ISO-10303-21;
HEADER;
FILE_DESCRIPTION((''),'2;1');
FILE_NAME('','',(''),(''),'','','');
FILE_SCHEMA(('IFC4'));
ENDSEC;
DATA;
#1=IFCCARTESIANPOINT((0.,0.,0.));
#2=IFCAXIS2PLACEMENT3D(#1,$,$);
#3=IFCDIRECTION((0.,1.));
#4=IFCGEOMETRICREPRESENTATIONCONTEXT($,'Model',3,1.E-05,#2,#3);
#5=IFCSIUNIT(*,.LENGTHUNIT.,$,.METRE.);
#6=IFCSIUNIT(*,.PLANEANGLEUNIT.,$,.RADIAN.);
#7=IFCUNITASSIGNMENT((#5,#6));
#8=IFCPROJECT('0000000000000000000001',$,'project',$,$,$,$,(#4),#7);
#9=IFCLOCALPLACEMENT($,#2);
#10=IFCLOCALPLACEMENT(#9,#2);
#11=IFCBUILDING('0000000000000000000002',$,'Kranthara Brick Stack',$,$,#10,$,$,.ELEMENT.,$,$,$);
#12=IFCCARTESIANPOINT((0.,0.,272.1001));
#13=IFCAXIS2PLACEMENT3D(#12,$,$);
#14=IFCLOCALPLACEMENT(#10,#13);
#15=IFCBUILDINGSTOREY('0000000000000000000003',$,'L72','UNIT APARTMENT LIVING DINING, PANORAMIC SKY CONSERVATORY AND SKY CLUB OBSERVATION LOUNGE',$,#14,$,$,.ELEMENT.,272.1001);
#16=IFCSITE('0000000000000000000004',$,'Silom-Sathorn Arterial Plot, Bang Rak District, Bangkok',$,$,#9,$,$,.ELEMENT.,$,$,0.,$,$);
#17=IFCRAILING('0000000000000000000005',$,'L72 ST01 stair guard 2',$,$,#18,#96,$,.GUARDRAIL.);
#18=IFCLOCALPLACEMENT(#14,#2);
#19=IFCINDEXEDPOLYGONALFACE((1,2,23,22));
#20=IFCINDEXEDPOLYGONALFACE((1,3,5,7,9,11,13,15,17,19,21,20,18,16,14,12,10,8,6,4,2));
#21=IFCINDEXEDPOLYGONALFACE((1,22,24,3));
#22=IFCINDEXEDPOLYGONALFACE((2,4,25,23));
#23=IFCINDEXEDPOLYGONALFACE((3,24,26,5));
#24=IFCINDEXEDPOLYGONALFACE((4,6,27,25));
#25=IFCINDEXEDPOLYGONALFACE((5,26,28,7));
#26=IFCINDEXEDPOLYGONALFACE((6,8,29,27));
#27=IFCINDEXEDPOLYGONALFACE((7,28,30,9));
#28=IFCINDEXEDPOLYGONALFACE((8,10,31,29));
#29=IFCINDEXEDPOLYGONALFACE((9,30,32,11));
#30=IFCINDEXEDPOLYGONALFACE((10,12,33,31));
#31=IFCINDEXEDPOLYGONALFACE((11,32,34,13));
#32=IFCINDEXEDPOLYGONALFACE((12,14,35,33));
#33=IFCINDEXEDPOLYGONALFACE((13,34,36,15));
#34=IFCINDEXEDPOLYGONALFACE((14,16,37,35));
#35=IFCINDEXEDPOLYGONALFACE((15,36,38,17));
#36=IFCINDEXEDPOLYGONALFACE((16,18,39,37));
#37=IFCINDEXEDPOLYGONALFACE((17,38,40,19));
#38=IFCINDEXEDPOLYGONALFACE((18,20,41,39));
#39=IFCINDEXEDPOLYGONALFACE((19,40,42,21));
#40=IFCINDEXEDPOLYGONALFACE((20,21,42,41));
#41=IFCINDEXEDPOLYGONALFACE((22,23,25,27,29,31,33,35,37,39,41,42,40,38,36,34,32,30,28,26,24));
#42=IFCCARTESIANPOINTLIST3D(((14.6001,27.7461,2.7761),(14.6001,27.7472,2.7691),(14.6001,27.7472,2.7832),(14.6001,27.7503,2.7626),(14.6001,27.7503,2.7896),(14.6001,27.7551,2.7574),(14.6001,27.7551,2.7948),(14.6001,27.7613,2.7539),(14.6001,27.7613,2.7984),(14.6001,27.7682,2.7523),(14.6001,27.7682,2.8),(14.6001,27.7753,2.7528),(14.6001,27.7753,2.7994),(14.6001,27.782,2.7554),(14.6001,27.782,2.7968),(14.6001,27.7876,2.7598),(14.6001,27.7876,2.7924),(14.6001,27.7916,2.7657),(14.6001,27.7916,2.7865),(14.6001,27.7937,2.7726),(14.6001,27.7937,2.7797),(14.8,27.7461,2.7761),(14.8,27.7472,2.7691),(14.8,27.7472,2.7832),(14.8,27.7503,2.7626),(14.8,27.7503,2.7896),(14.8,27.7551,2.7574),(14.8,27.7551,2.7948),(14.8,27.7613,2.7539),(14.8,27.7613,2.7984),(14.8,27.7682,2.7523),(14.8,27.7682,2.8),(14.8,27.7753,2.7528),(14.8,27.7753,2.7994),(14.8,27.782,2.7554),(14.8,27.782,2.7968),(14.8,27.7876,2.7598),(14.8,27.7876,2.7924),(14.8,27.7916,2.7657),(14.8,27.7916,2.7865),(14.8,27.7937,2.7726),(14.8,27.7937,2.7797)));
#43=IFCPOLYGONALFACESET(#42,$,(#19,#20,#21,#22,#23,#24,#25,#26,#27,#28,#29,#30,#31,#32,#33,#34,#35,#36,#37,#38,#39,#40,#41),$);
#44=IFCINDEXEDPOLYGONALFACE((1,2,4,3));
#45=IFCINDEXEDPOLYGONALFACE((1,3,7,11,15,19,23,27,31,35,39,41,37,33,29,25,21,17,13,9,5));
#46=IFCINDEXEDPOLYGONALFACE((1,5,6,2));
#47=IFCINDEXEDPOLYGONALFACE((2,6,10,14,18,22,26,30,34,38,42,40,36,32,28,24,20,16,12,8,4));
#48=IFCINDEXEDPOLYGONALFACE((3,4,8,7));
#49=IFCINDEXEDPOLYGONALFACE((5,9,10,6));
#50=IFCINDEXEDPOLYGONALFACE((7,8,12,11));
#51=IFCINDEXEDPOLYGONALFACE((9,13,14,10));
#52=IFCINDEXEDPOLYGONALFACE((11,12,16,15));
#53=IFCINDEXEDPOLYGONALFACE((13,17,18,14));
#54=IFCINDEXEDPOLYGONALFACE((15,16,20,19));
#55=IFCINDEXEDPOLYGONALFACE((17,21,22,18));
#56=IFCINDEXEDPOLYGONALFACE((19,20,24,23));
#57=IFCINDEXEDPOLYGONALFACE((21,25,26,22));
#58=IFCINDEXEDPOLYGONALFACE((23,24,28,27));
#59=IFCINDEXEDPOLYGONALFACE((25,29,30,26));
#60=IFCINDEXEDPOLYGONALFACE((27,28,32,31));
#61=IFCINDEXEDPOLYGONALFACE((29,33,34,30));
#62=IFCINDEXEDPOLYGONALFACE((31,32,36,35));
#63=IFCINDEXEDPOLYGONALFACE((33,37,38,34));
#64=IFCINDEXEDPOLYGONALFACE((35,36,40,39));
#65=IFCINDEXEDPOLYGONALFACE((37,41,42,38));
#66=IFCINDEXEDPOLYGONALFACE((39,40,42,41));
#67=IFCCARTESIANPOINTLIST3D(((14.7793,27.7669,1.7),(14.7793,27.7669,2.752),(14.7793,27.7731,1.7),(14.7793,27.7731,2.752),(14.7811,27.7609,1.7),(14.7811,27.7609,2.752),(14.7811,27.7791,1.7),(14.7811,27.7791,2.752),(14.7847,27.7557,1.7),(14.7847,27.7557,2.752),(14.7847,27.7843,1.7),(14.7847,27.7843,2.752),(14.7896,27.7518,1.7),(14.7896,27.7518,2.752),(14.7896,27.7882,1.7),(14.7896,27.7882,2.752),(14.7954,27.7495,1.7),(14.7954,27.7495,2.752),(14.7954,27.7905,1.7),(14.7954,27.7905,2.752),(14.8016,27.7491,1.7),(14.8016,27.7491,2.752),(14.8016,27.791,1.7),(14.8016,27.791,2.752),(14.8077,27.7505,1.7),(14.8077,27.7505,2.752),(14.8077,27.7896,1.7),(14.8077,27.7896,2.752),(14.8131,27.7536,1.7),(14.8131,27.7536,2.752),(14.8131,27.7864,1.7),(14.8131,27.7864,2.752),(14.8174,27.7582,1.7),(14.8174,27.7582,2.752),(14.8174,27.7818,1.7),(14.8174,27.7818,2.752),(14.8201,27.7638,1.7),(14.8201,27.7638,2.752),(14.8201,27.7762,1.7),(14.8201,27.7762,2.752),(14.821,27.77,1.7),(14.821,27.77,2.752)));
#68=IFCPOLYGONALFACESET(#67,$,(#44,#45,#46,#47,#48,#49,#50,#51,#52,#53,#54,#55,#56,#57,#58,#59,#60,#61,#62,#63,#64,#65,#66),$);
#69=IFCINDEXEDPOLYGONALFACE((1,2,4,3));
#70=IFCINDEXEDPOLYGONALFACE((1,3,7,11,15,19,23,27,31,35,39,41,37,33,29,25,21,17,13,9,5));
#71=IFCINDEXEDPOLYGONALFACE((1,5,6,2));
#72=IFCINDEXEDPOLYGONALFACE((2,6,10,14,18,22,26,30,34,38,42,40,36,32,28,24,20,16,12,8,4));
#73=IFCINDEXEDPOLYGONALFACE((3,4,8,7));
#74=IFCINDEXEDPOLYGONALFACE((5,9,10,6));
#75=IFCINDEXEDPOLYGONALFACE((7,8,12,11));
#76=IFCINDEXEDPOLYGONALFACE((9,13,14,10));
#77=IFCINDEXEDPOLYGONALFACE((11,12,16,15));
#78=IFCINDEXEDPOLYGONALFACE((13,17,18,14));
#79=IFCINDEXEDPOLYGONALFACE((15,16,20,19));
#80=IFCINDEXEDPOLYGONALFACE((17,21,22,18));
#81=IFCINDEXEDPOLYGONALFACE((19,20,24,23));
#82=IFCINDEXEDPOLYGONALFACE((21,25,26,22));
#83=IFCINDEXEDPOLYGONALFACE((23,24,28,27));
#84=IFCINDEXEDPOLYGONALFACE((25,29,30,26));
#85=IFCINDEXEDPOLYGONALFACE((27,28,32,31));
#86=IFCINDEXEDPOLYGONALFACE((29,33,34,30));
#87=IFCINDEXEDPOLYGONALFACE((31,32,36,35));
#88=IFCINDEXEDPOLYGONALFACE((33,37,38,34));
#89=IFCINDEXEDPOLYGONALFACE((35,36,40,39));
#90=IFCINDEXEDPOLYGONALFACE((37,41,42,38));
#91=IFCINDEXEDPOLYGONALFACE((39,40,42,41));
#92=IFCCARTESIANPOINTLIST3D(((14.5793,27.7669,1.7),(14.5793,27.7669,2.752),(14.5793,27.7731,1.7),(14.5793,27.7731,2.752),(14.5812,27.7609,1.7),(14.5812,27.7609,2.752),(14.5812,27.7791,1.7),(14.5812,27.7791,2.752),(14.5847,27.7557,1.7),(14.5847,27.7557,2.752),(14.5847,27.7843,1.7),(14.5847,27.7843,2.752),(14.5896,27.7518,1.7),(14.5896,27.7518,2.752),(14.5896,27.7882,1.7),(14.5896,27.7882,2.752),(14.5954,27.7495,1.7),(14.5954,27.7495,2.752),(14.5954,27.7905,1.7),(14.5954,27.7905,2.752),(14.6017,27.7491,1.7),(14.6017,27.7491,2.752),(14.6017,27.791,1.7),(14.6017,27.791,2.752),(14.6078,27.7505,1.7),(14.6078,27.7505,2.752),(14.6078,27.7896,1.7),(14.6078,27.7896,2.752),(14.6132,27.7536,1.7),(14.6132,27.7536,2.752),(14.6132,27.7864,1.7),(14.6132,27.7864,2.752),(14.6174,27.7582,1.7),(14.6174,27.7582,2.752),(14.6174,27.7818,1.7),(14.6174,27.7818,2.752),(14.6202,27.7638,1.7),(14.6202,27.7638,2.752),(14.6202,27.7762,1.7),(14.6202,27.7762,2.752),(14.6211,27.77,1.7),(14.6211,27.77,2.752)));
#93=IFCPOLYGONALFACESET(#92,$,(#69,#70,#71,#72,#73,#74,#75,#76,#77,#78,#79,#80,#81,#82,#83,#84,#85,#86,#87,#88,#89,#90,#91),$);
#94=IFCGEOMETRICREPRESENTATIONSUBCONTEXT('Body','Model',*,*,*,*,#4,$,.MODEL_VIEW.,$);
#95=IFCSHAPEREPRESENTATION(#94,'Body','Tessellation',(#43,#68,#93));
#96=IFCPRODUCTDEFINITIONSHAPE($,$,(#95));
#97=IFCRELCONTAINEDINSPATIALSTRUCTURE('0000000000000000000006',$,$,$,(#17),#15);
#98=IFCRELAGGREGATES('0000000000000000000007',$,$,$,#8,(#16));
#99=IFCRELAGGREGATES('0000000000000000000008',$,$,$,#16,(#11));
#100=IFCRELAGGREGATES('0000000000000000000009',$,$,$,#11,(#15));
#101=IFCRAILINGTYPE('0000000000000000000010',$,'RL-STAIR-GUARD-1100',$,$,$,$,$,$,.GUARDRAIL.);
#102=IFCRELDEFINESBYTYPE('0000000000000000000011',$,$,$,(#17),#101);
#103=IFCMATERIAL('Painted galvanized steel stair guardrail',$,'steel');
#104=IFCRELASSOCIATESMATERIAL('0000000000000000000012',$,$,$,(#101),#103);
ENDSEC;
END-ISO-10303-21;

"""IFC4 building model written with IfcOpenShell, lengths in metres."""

from ifc_helpers import new_model, si_unit, direction, frame, origin, origin_2d, place, context, subcontext, project, spatial, circle, extrude, material, type_object, element, save


model = new_model("IFC4")

# Units and contexts
model_context = context("Model", 3, precision=1e-05, world=origin(), true_north=direction((0.0, 1.0)))
body_context = subcontext(model_context, "Body", "Model", "MODEL_VIEW")
ifc_project = project(units=[si_unit("LENGTHUNIT", "METRE"), si_unit("PLANEANGLEUNIT", "RADIAN")], contexts=[model_context])

# Site, building, storey
site_placement = place(None, origin())
site = spatial("IfcSite", under=ifc_project, at=site_placement, Name="Silom-Sathorn Arterial Plot, Bang Rak District, Bangkok", CompositionType="ELEMENT", RefElevation=0.0)
building_placement = place(site_placement, origin())
building = spatial("IfcBuilding", under=site, at=building_placement, Name="Kranthara Brick Stack", CompositionType="ELEMENT")
storey_placement = place(building_placement, frame((0.0, 0.0, 272.1001)))
storey = spatial("IfcBuildingStorey", under=building, at=storey_placement, Name="L72", Description="UNIT APARTMENT LIVING DINING, PANORAMIC SKY CONSERVATORY AND SKY CLUB OBSERVATION LOUNGE", CompositionType="ELEMENT", Elevation=272.1001)

# Railing
ifc_material_1 = material(Name="Painted galvanized steel stair guardrail", Category="steel")
railing_type_1 = type_object("IfcRailingType", Name="RL-STAIR-GUARD-1100", PredefinedType="GUARDRAIL", material=ifc_material_1)
railing_1_placement = place(storey_placement, frame((14.8, 27.77, 1.7)))
element("IfcRailing", 1, at=railing_1_placement, inside=storey, type_object=railing_type_1, Name="L72 ST01 stair guard 2", PredefinedType="GUARDRAIL", context=body_context, shape_type="SweptSolid", body=[
    extrude(circle(Radius=0.0239, at=origin_2d()), frame((0.0, 0.0, 1.0762), z_axis=(-1.0, 0.0, 0.0), x_axis=(0.0, -1.0, 0.0)), (0.0, 0.0, 1.0), 0.2),
    extrude(circle(Radius=0.021, at=origin_2d()), origin(), (0.0, 0.0, 1.0), 1.052),
    extrude(circle(Radius=0.021, at=origin_2d()), frame((-0.2, 0.0, 0.0)), (0.0, 0.0, 1.0), 1.052),
])

save(model, "model.ifc")
